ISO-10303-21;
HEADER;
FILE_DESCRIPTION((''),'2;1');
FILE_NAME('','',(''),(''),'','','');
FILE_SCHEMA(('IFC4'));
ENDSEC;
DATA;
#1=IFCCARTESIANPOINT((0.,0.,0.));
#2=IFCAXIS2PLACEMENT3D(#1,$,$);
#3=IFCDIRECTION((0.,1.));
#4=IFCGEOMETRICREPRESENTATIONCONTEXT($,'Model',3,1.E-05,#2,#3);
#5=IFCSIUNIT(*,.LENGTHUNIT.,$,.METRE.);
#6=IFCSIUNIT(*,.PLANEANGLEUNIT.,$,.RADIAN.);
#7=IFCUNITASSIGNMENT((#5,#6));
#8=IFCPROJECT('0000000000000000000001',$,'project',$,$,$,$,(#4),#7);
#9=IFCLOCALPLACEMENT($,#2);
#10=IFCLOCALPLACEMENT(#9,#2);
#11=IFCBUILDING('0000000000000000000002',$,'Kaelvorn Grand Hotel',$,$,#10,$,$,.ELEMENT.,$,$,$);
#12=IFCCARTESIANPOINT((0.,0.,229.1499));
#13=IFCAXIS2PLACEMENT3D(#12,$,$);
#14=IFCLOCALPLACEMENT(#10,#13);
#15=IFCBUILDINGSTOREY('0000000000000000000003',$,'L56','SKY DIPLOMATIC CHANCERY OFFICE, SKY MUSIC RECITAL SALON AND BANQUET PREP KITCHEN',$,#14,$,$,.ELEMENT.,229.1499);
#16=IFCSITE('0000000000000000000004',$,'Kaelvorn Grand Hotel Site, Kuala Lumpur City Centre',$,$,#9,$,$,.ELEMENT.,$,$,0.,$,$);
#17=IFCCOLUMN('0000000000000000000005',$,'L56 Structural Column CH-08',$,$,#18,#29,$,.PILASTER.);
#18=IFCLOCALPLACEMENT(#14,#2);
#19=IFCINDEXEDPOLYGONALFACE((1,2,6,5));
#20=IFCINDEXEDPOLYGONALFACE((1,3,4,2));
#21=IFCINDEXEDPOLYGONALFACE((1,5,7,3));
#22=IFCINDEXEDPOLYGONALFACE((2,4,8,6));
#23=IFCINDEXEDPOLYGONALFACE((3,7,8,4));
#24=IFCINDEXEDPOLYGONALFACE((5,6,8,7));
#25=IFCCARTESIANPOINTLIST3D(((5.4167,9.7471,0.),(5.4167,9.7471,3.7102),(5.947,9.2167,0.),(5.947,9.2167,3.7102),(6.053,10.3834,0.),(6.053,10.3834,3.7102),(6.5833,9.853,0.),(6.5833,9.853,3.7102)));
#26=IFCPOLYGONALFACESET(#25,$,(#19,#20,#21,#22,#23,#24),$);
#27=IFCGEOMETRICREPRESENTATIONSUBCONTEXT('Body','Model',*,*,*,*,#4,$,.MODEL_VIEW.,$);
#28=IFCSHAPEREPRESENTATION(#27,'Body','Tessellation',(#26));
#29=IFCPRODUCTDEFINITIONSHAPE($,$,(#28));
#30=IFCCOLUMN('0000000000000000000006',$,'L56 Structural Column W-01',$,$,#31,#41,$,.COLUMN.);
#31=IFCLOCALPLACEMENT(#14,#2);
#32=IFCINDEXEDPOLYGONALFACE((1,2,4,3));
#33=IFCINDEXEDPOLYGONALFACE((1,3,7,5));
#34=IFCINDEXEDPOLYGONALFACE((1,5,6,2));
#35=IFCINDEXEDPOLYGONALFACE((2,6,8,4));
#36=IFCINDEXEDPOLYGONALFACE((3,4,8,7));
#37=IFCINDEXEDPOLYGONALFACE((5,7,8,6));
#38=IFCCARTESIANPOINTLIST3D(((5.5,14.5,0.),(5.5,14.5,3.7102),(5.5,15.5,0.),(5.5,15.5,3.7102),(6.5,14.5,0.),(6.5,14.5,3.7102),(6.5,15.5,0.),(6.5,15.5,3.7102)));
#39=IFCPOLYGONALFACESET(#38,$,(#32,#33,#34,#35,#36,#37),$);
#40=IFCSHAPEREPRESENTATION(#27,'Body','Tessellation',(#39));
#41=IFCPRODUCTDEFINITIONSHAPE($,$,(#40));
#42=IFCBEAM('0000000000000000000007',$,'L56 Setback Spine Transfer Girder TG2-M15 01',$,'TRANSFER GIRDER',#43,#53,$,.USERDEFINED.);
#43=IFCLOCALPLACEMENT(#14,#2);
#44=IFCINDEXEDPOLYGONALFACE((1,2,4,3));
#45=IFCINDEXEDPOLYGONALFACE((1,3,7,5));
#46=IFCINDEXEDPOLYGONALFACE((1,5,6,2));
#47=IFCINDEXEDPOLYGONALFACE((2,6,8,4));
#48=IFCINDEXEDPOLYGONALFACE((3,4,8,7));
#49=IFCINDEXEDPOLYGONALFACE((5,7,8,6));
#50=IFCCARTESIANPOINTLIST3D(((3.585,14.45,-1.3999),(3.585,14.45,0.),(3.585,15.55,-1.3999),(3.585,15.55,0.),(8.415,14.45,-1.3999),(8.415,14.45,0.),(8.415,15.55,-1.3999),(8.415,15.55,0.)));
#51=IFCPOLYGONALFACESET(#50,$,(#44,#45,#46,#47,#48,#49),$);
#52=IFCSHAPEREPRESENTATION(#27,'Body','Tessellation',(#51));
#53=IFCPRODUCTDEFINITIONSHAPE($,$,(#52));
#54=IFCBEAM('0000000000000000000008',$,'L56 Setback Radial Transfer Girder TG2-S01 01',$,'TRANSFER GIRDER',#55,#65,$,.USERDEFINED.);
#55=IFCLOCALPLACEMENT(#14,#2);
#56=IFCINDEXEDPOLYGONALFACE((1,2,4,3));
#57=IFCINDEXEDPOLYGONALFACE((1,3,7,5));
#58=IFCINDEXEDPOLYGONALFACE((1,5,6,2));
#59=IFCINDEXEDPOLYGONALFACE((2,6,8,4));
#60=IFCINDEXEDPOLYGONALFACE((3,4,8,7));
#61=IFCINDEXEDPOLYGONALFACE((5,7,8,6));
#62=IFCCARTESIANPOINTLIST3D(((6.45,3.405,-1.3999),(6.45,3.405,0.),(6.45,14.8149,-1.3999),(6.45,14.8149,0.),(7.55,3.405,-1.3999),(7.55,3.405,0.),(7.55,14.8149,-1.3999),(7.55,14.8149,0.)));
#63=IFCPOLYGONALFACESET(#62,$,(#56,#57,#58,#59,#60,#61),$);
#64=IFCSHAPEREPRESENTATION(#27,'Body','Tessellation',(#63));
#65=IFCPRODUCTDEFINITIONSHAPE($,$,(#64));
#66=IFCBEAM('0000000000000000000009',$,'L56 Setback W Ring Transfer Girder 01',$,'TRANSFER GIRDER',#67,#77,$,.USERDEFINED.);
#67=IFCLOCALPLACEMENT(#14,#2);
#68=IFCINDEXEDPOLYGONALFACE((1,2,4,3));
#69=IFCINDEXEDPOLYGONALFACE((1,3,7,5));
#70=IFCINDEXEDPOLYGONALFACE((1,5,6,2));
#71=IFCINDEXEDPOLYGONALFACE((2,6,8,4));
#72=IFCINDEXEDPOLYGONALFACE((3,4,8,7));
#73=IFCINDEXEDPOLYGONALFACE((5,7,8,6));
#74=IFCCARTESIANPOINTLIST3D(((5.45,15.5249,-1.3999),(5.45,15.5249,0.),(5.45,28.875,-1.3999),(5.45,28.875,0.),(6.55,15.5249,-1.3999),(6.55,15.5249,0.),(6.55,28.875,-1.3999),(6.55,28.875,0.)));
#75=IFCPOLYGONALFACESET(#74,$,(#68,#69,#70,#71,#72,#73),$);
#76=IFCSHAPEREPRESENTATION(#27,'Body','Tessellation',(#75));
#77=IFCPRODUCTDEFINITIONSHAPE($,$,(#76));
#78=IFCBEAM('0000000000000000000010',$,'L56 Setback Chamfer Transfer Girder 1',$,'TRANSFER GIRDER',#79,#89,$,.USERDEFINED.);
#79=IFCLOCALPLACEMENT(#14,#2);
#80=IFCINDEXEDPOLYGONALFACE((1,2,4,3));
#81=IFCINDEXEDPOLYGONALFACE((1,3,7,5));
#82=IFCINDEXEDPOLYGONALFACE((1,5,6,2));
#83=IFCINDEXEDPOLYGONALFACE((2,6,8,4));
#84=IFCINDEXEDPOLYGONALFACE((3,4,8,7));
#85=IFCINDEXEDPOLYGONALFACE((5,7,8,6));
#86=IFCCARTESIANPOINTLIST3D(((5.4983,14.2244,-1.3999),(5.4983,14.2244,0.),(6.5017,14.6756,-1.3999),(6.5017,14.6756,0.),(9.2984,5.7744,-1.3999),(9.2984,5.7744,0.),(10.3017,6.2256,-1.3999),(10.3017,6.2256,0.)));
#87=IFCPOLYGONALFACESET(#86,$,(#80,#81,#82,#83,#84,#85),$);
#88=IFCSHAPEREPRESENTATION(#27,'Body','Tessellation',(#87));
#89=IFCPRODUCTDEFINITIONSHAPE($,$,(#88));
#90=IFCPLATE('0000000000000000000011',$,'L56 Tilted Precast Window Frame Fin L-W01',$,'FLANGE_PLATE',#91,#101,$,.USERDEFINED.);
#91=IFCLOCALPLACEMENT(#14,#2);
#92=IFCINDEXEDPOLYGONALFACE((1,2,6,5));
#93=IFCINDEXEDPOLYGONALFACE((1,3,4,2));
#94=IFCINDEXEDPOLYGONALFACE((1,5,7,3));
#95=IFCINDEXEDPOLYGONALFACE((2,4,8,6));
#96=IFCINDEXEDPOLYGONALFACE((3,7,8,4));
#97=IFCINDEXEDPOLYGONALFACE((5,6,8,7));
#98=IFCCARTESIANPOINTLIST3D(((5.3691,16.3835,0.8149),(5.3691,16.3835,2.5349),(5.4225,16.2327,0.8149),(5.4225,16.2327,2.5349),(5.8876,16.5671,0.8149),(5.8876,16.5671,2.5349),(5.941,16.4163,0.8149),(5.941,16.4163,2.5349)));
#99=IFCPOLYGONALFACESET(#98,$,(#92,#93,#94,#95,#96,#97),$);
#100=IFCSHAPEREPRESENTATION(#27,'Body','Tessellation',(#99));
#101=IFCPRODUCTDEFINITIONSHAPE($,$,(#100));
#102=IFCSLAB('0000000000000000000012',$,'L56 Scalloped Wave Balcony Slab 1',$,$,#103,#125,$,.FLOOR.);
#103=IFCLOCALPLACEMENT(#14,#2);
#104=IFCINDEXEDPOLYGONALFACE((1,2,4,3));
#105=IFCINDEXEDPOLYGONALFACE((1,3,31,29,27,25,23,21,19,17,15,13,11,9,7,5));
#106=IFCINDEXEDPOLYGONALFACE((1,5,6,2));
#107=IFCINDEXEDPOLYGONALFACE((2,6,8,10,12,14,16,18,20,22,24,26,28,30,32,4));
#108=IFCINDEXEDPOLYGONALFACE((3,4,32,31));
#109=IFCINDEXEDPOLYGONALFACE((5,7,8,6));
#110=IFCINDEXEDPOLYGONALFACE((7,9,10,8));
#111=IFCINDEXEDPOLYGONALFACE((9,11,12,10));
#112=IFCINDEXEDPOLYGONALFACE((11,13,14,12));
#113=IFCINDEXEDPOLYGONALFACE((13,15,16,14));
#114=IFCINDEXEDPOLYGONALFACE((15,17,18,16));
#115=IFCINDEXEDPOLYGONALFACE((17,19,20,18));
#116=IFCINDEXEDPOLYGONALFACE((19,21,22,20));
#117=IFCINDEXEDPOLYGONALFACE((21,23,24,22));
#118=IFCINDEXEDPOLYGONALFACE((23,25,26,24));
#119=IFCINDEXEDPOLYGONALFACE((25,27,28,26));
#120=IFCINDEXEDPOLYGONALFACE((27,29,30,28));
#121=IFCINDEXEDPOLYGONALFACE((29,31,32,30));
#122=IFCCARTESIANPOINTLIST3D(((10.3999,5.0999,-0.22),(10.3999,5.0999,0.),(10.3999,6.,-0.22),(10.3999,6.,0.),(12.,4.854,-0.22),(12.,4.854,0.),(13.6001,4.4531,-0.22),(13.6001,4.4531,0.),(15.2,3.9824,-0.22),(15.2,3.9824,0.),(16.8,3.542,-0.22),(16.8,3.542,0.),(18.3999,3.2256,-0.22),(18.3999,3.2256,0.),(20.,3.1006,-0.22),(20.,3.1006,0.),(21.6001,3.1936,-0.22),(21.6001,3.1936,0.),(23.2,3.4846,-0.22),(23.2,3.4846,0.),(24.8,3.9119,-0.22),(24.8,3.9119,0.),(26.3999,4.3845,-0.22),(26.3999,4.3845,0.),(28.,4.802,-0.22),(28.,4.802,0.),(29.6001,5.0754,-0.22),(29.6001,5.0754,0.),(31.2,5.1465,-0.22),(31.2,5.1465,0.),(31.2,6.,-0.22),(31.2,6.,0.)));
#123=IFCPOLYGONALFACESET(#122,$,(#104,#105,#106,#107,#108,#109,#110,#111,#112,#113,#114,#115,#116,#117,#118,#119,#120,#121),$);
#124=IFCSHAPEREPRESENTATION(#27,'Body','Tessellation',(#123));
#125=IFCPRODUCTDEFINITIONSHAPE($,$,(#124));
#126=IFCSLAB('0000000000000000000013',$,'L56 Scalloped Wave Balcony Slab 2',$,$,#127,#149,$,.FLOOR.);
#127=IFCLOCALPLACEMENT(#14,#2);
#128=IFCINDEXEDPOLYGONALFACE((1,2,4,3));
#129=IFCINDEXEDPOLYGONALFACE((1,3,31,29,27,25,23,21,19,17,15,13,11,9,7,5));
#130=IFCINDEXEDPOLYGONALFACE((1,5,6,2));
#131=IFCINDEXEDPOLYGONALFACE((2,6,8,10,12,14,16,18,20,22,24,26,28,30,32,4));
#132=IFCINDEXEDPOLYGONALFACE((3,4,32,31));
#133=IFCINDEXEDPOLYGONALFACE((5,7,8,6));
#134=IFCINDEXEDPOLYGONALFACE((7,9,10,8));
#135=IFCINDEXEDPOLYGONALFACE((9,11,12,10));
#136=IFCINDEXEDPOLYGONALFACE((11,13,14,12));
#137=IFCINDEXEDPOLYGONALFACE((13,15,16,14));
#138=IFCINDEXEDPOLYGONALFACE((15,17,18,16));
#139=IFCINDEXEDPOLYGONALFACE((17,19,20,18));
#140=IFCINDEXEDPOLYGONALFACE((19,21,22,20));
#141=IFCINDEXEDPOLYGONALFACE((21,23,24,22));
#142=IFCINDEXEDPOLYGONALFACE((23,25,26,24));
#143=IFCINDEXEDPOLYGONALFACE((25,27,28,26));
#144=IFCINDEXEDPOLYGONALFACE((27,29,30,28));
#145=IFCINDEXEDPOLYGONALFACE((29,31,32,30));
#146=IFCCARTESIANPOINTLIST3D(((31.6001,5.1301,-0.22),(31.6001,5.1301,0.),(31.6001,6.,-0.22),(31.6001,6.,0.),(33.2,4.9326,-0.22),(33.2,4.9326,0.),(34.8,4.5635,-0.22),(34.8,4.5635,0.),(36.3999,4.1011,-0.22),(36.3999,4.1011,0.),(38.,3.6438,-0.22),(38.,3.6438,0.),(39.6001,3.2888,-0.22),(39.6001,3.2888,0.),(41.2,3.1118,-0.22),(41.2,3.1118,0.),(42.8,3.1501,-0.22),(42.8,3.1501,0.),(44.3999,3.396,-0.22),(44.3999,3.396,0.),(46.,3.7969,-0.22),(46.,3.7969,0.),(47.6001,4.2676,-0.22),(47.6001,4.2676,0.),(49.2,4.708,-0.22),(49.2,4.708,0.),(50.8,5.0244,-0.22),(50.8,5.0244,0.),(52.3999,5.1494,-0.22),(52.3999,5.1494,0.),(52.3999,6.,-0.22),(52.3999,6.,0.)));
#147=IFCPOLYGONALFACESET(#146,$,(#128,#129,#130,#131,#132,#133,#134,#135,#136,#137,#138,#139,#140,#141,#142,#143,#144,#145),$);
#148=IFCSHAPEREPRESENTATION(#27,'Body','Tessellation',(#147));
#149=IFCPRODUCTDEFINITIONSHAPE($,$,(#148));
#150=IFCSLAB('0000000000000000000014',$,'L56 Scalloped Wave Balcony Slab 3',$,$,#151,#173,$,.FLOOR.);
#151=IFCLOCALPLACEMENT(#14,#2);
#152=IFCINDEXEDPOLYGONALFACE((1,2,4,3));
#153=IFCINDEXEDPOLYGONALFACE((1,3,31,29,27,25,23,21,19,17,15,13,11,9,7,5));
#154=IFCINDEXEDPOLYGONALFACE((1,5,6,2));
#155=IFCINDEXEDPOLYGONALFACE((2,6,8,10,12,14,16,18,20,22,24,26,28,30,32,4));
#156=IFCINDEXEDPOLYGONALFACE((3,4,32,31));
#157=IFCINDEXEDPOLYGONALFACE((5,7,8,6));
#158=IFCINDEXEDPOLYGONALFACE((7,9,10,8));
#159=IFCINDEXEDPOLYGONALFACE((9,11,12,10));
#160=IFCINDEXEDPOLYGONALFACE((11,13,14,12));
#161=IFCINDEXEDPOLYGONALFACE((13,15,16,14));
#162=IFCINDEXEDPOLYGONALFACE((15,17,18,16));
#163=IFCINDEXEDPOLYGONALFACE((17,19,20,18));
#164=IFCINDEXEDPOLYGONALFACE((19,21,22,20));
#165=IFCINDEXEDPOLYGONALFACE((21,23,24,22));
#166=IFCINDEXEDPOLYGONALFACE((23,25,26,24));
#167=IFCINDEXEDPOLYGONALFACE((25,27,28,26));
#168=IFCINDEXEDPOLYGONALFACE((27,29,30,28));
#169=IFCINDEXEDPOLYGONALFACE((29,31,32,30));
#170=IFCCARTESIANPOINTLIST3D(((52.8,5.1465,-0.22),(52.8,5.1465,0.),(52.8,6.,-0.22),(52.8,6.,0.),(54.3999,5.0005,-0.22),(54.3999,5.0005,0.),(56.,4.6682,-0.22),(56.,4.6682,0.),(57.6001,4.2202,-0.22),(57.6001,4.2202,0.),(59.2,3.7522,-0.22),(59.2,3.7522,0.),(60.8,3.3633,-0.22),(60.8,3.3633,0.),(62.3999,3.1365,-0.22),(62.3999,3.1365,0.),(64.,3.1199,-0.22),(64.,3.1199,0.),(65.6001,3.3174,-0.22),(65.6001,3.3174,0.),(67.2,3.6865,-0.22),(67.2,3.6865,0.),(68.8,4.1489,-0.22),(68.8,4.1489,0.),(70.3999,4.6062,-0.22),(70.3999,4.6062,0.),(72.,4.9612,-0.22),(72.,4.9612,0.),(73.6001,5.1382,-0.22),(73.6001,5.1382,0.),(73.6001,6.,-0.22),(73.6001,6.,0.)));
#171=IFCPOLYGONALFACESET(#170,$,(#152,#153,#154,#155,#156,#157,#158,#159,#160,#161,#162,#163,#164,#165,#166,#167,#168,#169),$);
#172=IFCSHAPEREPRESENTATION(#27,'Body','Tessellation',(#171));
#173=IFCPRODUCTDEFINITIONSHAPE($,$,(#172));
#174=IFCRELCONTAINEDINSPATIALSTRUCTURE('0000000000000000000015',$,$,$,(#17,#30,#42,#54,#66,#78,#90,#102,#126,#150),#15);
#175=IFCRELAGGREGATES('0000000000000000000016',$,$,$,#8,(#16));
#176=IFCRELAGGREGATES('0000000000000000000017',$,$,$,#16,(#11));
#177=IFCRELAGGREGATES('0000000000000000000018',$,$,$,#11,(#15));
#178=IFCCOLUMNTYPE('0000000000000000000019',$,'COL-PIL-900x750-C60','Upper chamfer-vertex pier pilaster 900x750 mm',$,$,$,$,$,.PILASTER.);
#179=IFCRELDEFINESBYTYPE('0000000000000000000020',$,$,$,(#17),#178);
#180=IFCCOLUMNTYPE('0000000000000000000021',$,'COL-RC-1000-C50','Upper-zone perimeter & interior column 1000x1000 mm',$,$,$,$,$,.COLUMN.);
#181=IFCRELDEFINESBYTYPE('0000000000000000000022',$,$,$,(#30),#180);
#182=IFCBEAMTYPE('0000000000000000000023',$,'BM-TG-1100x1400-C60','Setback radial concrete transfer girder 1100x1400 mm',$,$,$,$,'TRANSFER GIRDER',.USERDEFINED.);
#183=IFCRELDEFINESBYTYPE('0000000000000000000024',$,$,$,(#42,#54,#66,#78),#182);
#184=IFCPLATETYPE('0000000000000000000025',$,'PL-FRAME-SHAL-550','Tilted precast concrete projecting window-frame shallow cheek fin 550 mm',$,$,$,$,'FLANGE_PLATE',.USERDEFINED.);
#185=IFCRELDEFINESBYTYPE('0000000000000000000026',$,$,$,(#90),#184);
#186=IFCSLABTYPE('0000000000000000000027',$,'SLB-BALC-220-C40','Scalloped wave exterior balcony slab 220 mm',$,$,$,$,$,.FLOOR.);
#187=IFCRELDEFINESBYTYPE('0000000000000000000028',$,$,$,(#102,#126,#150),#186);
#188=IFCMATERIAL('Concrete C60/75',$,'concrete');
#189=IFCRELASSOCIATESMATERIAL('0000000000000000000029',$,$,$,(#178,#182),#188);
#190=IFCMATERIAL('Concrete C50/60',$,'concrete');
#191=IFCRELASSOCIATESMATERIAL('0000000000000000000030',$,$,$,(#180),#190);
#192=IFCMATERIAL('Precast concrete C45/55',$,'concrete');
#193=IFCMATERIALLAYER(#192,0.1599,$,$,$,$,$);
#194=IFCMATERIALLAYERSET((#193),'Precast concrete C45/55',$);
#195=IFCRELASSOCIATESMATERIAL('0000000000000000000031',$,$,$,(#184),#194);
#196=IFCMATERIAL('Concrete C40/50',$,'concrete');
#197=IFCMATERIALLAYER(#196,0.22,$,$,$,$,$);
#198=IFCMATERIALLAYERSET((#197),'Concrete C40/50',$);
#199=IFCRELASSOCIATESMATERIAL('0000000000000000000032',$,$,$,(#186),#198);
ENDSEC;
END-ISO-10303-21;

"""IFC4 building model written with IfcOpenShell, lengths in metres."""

from ifc_helpers import new_model, si_unit, direction, frame, origin, origin_2d, place, context, subcontext, project, spatial, polyline, rectangle, outline, extrude, material, layer, layer_set, material_profile, profile_set, type_object, element, save


model = new_model("IFC4")

# Units and contexts
model_context = context("Model", 3, precision=1e-05, world=origin(), true_north=direction((0.0, 1.0)))
body_context = subcontext(model_context, "Body", "Model", "MODEL_VIEW")
ifc_project = project(units=[si_unit("LENGTHUNIT", "METRE"), si_unit("PLANEANGLEUNIT", "RADIAN")], contexts=[model_context])

# Site, building, storey
site_placement = place(None, origin())
site = spatial("IfcSite", under=ifc_project, at=site_placement, Name="Kaelvorn Grand Hotel Site, Kuala Lumpur City Centre", CompositionType="ELEMENT", RefElevation=0.0)
building_placement = place(site_placement, origin())
building = spatial("IfcBuilding", under=site, at=building_placement, Name="Kaelvorn Grand Hotel", CompositionType="ELEMENT")
storey_placement = place(building_placement, frame((0.0, 0.0, 229.1499)))
storey = spatial("IfcBuildingStorey", under=building, at=storey_placement, Name="L56", Description="SKY DIPLOMATIC CHANCERY OFFICE, SKY MUSIC RECITAL SALON AND BANQUET PREP KITCHEN", CompositionType="ELEMENT", Elevation=229.1499)

# Columns
ifc_material_1 = material(Name="Concrete C60/75", Category="concrete")
ifc_material_profile_1 = material_profile(ifc_material_1, rectangle(XDim=0.8999, YDim=0.75, at=origin_2d()), Name="RC PILASTER 900x750")
ifc_profile_set_1 = profile_set([ifc_material_profile_1], Name="Concrete C60/75")
column_type_1 = type_object("IfcColumnType", Name="COL-PIL-900x750-C60", Description="Upper chamfer-vertex pier pilaster 900x750 mm", PredefinedType="PILASTER", material=ifc_profile_set_1)
column_1_placement = place(storey_placement, frame((6.0, 9.8, 0.0), z_axis=(0.0, 0.0, 1.0), x_axis=(0.707107, 0.707107, 0.0)))
element("IfcColumn", 1, at=column_1_placement, inside=storey, type_object=column_type_1, Name="L56 Structural Column CH-08", PredefinedType="PILASTER", context=body_context, shape_type="SweptSolid", body=[
    extrude(rectangle(XDim=0.8999, YDim=0.75, at=origin_2d()), origin(), (0.0, 0.0, 1.0), 3.7102),
])
ifc_material_2 = material(Name="Concrete C50/60", Category="concrete")
ifc_material_profile_2 = material_profile(ifc_material_2, rectangle(XDim=1.0, YDim=1.0, at=origin_2d()), Name="RC COL 1000x1000")
ifc_profile_set_2 = profile_set([ifc_material_profile_2], Name="Concrete C50/60")
column_type_2 = type_object("IfcColumnType", Name="COL-RC-1000-C50", Description="Upper-zone perimeter & interior column 1000x1000 mm", PredefinedType="COLUMN", material=ifc_profile_set_2)
column_2_placement = place(storey_placement, frame((6.0, 15.0, 0.0), z_axis=(0.0, 0.0, 1.0), x_axis=(1.0, 0.0, 0.0)))
element("IfcColumn", 2, at=column_2_placement, inside=storey, type_object=column_type_2, Name="L56 Structural Column W-01", PredefinedType="COLUMN", context=body_context, shape_type="SweptSolid", body=[
    extrude(rectangle(XDim=1.0, YDim=1.0, at=origin_2d()), origin(), (0.0, 0.0, 1.0), 3.7102),
])

# Beams
ifc_material_profile_3 = material_profile(ifc_material_1, rectangle(XDim=1.1001, YDim=1.3999, at=origin_2d()), Name="RC TG 1100x1400")
ifc_profile_set_3 = profile_set([ifc_material_profile_3], Name="Concrete C60/75")
beam_type = type_object("IfcBeamType", Name="BM-TG-1100x1400-C60", Description="Setback radial concrete transfer girder 1100x1400 mm", ElementType="TRANSFER GIRDER", PredefinedType="USERDEFINED", material=ifc_profile_set_3)
beam_1_placement = place(storey_placement, frame((3.585, 15.0, -0.7), z_axis=(1.0, 0.0, 0.0), x_axis=(0.0, 1.0, 0.0)))
element("IfcBeam", 3, at=beam_1_placement, inside=storey, type_object=beam_type, Name="L56 Setback Spine Transfer Girder TG2-M15 01", ObjectType="TRANSFER GIRDER", PredefinedType="USERDEFINED", context=body_context, shape_type="SweptSolid", body=[
    extrude(rectangle(XDim=1.1001, YDim=1.3999, at=origin_2d()), origin(), (0.0, 0.0, 1.0), 4.8301),
])
beam_2_placement = place(storey_placement, frame((7.0, 3.405, -0.7), z_axis=(0.0, 1.0, 0.0), x_axis=(-1.0, 0.0, 0.0)))
element("IfcBeam", 4, at=beam_2_placement, inside=storey, type_object=beam_type, Name="L56 Setback Radial Transfer Girder TG2-S01 01", ObjectType="TRANSFER GIRDER", PredefinedType="USERDEFINED", context=body_context, shape_type="SweptSolid", body=[
    extrude(rectangle(XDim=1.1001, YDim=1.3999, at=origin_2d()), origin(), (0.0, 0.0, 1.0), 11.4099),
])
beam_3_placement = place(storey_placement, frame((6.0, 15.5249, -0.7), z_axis=(0.0, 1.0, 0.0), x_axis=(-1.0, 0.0, 0.0)))
element("IfcBeam", 5, at=beam_3_placement, inside=storey, type_object=beam_type, Name="L56 Setback W Ring Transfer Girder 01", ObjectType="TRANSFER GIRDER", PredefinedType="USERDEFINED", context=body_context, shape_type="SweptSolid", body=[
    extrude(rectangle(XDim=1.1001, YDim=1.3999, at=origin_2d()), origin(), (0.0, 0.0, 1.0), 13.3501),
])
beam_4_placement = place(storey_placement, frame((6.0, 14.45, -0.7), z_axis=(0.410147, -0.91202, 0.0), x_axis=(0.91202, 0.410147, 0.0)))
element("IfcBeam", 6, at=beam_4_placement, inside=storey, type_object=beam_type, Name="L56 Setback Chamfer Transfer Girder 1", ObjectType="TRANSFER GIRDER", PredefinedType="USERDEFINED", context=body_context, shape_type="SweptSolid", body=[
    extrude(rectangle(XDim=1.1001, YDim=1.3999, at=origin_2d()), origin(), (0.0, 0.0, 1.0), 9.2651),
])

# Plate
ifc_material_3 = material(Name="Precast concrete C45/55", Category="concrete")
ifc_layer_1 = layer(ifc_material_3, 0.1599)
ifc_layer_set_1 = layer_set([ifc_layer_1], Name="Precast concrete C45/55")
plate_type = type_object("IfcPlateType", Name="PL-FRAME-SHAL-550", Description="Tilted precast concrete projecting window-frame shallow cheek fin 550 mm", ElementType="FLANGE_PLATE", PredefinedType="USERDEFINED", material=ifc_layer_set_1)
plate_placement = place(storey_placement, frame((5.655, 16.3999, 0.8149), z_axis=(0.0, 0.0, 1.0), x_axis=(-0.333807, 0.942641, 0.0)))
element("IfcPlate", 7, at=plate_placement, inside=storey, type_object=plate_type, Name="L56 Tilted Precast Window Frame Fin L-W01", ObjectType="FLANGE_PLATE", PredefinedType="USERDEFINED", context=body_context, shape_type="SweptSolid", body=[
    extrude(rectangle(XDim=0.1599, YDim=0.55, at=origin_2d()), origin(), (0.0, 0.0, 1.0), 1.72),
])

# Slabs
ifc_material_4 = material(Name="Concrete C40/50", Category="concrete")
ifc_layer_2 = layer(ifc_material_4, 0.22)
ifc_layer_set_2 = layer_set([ifc_layer_2], Name="Concrete C40/50")
slab_type_1 = type_object("IfcSlabType", Name="SLB-BALC-220-C40", Description="Scalloped wave exterior balcony slab 220 mm", PredefinedType="FLOOR", material=ifc_layer_set_2)
slab_1_placement = place(storey_placement, frame((0.0, 0.0, -0.22)))
element("IfcSlab", 8, at=slab_1_placement, inside=storey, type_object=slab_type_1, Name="L56 Scalloped Wave Balcony Slab 1", PredefinedType="FLOOR", context=body_context, shape_type="SweptSolid", body=[
    extrude(outline(polyline([(10.3999, 5.0999), (12.0, 4.854), (13.6001, 4.4531), (15.2, 3.9824), (16.8, 3.542), (18.3999, 3.2256), (20.0, 3.1006), (21.6001, 3.1936), (23.2, 3.4846), (24.8, 3.9119), (26.3999, 4.3845), (28.0, 4.802), (29.6001, 5.0754), (31.2, 5.1465), (31.2, 6.0), (10.3999, 6.0), (10.3999, 5.0999)])), origin(), (0.0, 0.0, 1.0), 0.22),
])
slab_2_placement = place(storey_placement, frame((0.0, 0.0, -0.22)))
element("IfcSlab", 9, at=slab_2_placement, inside=storey, type_object=slab_type_1, Name="L56 Scalloped Wave Balcony Slab 2", PredefinedType="FLOOR", context=body_context, shape_type="SweptSolid", body=[
    extrude(outline(polyline([(31.6001, 5.1301), (33.2, 4.9326), (34.8, 4.5635), (36.3999, 4.1011), (38.0, 3.6438), (39.6001, 3.2888), (41.2, 3.1118), (42.8, 3.1501), (44.3999, 3.396), (46.0, 3.7969), (47.6001, 4.2676), (49.2, 4.708), (50.8, 5.0244), (52.3999, 5.1494), (52.3999, 6.0), (31.6001, 6.0), (31.6001, 5.1301)])), origin(), (0.0, 0.0, 1.0), 0.22),
])
slab_3_placement = place(storey_placement, frame((0.0, 0.0, -0.22)))
element("IfcSlab", 10, at=slab_3_placement, inside=storey, type_object=slab_type_1, Name="L56 Scalloped Wave Balcony Slab 3", PredefinedType="FLOOR", context=body_context, shape_type="SweptSolid", body=[
    extrude(outline(polyline([(52.8, 5.1465), (54.3999, 5.0005), (56.0, 4.6682), (57.6001, 4.2202), (59.2, 3.7522), (60.8, 3.3633), (62.3999, 3.1365), (64.0, 3.1199), (65.6001, 3.3174), (67.2, 3.6865), (68.8, 4.1489), (70.3999, 4.6062), (72.0, 4.9612), (73.6001, 5.1382), (73.6001, 6.0), (52.8, 6.0), (52.8, 5.1465)])), origin(), (0.0, 0.0, 1.0), 0.22),
])

save(model, "model.ifc")
